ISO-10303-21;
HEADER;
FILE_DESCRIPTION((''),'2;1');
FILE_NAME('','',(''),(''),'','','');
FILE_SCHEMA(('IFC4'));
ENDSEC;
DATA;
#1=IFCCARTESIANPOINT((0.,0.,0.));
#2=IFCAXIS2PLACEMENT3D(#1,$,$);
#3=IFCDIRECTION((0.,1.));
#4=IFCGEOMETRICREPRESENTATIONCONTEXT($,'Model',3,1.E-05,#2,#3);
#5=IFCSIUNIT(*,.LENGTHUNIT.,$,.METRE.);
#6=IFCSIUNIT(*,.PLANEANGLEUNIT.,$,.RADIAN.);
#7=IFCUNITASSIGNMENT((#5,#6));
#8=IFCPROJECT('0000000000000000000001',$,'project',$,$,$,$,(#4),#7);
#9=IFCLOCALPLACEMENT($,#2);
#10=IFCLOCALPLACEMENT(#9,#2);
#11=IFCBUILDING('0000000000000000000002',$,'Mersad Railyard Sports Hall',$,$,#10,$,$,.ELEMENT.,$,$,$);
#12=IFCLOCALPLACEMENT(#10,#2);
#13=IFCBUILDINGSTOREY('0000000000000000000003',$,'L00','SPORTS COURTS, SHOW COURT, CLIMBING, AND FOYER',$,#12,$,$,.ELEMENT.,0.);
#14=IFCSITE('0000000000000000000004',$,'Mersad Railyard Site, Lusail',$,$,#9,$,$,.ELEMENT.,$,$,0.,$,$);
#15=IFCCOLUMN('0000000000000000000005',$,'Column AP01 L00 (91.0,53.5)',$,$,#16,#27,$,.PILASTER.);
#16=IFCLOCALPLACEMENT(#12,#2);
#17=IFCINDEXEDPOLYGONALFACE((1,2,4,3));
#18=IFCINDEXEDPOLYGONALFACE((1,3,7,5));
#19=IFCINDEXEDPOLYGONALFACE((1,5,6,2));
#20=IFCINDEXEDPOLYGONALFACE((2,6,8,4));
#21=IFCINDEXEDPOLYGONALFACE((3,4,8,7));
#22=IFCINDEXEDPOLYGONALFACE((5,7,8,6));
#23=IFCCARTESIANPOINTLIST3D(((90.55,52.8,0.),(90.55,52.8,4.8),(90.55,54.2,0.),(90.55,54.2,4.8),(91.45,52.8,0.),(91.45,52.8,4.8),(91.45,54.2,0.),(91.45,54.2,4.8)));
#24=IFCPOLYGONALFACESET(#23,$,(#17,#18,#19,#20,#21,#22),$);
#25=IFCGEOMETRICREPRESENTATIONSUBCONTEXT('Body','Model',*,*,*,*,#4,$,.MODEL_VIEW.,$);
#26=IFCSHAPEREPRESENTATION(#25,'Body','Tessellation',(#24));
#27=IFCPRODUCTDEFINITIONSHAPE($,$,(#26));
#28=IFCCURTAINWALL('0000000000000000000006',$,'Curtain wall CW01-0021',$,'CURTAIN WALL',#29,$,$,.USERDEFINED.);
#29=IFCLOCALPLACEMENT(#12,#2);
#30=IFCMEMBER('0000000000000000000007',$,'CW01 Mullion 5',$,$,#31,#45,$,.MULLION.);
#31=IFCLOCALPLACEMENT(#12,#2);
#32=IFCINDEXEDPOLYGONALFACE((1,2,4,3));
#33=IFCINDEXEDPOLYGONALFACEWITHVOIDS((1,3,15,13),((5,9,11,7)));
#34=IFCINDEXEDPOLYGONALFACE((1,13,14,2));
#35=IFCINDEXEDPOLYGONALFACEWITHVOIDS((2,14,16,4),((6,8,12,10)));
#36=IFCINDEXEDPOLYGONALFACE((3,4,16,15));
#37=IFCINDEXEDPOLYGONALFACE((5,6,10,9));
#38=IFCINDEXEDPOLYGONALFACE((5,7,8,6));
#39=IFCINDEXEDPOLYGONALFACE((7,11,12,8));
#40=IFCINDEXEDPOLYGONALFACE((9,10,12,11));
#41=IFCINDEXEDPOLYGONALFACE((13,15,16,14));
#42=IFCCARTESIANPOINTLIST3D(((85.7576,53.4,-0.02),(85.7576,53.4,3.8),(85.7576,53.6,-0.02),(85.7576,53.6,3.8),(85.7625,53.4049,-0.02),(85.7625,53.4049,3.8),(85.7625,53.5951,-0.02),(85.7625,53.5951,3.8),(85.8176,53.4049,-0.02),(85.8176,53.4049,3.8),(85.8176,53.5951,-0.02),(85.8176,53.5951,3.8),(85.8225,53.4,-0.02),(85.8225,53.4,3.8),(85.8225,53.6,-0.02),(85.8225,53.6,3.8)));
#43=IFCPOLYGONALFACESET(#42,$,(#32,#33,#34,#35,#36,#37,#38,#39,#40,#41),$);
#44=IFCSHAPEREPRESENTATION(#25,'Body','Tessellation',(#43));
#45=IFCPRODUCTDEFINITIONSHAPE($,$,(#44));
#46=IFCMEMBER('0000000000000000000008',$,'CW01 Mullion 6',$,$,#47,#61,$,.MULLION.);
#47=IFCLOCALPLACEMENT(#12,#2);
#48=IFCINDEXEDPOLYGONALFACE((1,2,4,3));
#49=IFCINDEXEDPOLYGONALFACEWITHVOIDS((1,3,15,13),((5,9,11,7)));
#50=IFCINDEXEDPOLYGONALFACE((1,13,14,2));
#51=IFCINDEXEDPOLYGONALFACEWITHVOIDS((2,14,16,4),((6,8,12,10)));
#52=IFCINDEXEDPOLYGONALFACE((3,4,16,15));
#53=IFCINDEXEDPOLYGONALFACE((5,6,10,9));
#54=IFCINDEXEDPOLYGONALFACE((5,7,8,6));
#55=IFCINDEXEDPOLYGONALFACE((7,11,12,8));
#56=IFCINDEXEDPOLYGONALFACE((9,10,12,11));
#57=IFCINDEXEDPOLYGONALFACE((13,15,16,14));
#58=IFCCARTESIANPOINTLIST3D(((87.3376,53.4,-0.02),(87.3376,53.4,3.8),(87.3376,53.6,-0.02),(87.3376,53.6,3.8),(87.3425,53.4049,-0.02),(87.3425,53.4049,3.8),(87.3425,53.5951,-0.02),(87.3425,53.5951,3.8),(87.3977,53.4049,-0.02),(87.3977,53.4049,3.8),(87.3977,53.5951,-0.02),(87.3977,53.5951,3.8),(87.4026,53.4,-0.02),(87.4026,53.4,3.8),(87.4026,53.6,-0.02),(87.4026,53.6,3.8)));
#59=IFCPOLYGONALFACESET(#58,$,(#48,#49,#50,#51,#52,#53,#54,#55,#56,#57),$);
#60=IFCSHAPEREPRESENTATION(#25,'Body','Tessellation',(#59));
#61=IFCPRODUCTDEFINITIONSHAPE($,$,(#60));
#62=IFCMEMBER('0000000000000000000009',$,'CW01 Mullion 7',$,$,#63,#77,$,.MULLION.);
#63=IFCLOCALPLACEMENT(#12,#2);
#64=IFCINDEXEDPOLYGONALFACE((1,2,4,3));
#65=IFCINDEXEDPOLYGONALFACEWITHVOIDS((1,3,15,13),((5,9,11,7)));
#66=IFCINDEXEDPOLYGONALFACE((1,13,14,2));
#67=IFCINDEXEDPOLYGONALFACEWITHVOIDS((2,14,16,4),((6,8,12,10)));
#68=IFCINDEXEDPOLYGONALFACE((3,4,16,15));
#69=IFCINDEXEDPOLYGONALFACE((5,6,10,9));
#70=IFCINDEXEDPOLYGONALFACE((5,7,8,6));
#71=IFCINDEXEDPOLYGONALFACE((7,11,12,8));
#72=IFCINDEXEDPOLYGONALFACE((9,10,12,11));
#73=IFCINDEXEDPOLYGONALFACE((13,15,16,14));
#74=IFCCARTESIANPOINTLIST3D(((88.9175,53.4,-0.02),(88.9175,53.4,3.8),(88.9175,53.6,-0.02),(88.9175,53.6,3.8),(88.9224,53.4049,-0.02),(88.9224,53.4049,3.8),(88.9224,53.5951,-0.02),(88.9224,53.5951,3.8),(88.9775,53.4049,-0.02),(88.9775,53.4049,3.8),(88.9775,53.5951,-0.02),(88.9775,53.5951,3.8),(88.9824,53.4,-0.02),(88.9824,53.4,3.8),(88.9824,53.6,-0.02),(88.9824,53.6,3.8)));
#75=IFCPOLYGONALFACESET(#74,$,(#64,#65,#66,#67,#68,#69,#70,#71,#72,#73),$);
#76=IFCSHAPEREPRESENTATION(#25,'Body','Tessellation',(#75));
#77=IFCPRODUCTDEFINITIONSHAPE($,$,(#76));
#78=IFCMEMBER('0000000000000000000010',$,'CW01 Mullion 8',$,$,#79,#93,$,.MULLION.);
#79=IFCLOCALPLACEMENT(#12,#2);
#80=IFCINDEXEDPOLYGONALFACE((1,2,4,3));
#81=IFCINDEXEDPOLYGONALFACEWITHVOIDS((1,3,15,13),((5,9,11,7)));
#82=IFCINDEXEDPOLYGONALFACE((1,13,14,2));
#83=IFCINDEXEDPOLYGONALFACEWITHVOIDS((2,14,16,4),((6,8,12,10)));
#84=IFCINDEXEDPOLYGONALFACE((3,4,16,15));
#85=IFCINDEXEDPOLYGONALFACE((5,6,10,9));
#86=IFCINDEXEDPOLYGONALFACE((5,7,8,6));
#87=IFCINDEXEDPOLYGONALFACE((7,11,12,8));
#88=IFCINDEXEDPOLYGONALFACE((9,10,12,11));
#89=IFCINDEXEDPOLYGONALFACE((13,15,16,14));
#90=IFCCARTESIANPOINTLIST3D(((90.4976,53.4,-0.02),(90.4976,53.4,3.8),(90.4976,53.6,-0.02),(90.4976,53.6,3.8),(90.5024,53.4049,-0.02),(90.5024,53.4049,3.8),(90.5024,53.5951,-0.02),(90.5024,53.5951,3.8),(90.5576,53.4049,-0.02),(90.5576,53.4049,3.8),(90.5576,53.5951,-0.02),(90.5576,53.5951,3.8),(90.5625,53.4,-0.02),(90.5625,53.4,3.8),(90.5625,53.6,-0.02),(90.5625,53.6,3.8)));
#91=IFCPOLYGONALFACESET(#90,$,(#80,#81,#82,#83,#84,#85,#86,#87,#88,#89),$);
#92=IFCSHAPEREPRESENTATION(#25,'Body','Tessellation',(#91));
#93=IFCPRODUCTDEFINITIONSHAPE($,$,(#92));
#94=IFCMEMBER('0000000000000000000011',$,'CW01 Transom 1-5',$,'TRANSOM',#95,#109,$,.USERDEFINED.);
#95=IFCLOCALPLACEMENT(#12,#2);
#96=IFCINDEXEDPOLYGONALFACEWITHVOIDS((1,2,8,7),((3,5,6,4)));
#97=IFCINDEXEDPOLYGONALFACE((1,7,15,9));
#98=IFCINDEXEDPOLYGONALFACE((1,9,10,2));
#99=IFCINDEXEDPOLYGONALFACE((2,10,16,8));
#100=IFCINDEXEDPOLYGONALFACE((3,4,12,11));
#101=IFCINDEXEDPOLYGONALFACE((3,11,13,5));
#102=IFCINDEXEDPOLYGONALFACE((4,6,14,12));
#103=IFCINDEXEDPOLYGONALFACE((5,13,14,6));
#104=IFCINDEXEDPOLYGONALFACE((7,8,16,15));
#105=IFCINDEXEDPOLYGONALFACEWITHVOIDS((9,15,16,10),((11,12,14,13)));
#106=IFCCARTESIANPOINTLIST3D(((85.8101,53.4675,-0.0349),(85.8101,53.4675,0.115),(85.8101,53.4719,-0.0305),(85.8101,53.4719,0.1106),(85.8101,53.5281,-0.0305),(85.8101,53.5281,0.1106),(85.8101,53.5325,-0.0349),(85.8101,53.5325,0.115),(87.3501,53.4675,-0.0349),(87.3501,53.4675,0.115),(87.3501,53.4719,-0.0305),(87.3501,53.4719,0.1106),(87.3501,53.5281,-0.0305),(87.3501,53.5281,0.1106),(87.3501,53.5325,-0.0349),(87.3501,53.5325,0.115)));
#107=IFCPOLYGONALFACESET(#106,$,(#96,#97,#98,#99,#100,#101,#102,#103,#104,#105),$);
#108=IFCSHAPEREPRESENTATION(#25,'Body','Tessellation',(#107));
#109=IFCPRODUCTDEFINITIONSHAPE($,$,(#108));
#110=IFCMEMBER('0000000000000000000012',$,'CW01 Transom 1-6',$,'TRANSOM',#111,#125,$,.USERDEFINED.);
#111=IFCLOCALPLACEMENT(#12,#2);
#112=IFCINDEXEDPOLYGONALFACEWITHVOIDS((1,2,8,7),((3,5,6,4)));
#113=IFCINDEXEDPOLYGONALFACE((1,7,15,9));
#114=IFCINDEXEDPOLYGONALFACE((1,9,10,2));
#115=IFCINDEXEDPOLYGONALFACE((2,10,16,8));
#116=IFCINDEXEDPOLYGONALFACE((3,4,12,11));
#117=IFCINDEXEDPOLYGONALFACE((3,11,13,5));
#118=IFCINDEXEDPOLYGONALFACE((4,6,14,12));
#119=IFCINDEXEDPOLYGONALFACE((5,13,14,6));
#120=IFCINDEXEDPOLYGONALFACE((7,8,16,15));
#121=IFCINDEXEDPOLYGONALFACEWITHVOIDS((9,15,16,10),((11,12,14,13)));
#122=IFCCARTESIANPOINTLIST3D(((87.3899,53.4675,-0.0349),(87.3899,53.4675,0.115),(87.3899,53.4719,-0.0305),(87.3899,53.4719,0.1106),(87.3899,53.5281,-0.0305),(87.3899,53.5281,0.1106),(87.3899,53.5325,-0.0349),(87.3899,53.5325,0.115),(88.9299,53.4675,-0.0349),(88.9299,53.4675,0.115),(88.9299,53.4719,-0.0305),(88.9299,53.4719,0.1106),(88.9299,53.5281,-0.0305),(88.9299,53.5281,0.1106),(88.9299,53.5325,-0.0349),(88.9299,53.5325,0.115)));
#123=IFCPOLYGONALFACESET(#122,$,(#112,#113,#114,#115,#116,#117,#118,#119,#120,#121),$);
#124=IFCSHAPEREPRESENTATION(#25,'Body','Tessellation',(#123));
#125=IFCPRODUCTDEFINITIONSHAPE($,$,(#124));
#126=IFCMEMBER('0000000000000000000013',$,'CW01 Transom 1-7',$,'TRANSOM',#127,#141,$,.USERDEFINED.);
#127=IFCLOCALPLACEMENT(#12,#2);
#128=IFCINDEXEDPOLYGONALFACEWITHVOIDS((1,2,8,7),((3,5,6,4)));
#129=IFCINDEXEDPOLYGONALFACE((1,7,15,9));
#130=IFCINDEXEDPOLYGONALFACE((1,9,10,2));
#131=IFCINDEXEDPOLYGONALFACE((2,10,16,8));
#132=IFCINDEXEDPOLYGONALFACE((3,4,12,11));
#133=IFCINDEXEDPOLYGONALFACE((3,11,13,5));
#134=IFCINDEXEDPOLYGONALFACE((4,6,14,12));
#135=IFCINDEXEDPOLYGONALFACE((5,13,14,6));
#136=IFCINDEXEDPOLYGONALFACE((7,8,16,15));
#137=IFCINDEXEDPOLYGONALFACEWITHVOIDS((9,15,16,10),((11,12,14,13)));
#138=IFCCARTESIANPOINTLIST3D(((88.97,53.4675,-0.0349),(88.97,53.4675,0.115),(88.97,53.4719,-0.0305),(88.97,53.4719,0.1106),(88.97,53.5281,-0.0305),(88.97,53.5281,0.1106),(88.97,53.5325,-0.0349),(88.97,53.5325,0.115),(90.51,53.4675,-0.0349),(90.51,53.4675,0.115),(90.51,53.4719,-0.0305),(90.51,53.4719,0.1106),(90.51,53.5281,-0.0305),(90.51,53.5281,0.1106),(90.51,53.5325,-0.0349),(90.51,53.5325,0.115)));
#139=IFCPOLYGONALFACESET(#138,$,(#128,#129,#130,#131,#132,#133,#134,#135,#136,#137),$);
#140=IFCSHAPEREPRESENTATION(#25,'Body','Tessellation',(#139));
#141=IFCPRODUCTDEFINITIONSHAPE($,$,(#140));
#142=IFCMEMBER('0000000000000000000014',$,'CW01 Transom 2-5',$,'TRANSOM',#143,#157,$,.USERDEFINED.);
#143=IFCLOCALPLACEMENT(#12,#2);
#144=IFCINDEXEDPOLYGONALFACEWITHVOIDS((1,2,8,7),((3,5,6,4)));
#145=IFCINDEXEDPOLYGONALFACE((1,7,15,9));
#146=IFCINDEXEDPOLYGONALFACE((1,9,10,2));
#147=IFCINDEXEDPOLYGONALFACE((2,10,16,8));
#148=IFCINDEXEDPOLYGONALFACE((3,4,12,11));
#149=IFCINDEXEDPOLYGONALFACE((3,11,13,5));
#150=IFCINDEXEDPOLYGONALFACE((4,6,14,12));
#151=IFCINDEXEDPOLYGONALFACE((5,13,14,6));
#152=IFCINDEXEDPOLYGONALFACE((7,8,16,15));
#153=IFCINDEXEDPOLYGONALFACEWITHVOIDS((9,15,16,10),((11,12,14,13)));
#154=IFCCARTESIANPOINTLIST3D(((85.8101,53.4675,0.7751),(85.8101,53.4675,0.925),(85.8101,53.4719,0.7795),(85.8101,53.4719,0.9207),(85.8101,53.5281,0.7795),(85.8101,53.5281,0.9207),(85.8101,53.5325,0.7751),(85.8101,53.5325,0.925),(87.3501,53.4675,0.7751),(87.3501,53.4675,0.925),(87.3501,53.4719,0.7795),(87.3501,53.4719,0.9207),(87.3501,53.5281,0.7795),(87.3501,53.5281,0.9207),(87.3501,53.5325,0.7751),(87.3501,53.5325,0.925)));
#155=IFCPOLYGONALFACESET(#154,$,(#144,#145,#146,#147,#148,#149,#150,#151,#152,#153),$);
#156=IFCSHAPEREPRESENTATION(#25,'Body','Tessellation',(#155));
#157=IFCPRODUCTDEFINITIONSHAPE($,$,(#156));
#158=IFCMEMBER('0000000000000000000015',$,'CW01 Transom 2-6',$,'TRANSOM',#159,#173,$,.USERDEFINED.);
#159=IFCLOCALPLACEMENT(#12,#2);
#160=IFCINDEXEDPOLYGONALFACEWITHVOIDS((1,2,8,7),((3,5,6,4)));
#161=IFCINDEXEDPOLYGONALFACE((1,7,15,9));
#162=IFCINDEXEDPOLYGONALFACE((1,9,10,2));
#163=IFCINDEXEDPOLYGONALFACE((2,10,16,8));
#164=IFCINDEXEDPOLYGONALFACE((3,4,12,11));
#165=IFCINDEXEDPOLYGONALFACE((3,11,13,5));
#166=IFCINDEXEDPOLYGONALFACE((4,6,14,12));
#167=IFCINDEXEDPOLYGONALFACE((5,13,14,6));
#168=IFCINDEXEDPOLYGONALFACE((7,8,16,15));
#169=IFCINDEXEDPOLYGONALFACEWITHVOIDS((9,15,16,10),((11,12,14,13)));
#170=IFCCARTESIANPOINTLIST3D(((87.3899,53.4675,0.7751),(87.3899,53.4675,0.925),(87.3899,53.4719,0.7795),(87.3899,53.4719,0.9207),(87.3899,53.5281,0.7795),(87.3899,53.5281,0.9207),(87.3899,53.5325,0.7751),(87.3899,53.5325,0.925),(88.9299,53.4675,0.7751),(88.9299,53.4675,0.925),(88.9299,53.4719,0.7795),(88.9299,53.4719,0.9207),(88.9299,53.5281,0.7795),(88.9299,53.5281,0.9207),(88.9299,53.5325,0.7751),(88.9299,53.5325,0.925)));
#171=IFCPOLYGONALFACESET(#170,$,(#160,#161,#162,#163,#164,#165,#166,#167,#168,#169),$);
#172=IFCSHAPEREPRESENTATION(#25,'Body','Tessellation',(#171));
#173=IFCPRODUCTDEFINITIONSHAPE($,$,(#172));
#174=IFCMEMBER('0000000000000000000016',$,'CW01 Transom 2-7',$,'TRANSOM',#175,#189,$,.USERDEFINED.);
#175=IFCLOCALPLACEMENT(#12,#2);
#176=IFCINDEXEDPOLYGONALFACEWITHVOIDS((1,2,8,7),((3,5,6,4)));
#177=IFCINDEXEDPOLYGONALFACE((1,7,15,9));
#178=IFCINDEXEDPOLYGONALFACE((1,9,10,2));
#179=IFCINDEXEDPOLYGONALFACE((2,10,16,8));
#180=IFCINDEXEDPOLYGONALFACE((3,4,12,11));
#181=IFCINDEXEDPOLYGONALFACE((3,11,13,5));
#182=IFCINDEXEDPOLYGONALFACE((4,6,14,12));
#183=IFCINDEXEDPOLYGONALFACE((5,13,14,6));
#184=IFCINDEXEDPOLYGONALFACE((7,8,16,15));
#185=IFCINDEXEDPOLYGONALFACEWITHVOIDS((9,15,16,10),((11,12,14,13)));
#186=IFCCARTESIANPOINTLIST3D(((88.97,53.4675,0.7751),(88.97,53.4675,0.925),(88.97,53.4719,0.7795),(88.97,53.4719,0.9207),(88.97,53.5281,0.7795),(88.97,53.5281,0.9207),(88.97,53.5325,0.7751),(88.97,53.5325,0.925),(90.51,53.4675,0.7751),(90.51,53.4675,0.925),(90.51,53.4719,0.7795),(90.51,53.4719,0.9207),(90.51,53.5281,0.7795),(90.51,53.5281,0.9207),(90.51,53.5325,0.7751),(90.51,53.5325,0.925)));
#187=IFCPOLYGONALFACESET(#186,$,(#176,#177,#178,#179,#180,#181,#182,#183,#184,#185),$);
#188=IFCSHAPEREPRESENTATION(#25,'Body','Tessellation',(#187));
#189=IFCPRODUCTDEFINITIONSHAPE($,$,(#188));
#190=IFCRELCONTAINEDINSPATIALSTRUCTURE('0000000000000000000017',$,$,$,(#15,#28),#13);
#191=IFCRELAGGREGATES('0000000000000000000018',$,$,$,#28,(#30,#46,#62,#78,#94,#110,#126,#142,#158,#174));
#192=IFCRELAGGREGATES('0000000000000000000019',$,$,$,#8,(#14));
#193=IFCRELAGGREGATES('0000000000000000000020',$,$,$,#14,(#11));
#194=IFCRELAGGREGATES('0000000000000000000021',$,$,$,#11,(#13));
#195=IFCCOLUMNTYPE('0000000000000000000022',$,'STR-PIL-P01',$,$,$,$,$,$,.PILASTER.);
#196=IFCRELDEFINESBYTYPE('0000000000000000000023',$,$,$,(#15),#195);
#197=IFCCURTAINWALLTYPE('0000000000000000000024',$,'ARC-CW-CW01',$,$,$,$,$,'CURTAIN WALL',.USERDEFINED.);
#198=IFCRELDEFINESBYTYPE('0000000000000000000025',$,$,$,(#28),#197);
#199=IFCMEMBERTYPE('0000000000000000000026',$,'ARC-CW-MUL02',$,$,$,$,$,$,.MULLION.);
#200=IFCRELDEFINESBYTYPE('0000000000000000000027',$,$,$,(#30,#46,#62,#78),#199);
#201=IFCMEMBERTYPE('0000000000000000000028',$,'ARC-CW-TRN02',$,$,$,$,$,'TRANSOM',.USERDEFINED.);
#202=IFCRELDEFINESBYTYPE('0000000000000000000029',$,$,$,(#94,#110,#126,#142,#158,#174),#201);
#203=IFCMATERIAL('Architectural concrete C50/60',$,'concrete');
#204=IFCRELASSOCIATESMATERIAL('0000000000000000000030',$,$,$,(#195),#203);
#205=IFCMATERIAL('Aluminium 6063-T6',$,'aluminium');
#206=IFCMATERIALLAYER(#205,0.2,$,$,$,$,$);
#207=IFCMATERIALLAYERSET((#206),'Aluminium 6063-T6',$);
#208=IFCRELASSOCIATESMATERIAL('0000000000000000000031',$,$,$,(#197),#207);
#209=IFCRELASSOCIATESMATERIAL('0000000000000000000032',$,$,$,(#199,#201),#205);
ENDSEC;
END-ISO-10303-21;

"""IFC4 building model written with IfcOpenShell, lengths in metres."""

from ifc_helpers import new_model, si_unit, direction, frame, origin, origin_2d, place, context, subcontext, project, spatial, rectangle, hollow_rectangle, extrude, material, layer, layer_set, material_profile, profile_set, type_object, element, aggregate, save


model = new_model("IFC4")

# Units and contexts
model_context = context("Model", 3, precision=1e-05, world=origin(), true_north=direction((0.0, 1.0)))
body_context = subcontext(model_context, "Body", "Model", "MODEL_VIEW")
ifc_project = project(units=[si_unit("LENGTHUNIT", "METRE"), si_unit("PLANEANGLEUNIT", "RADIAN")], contexts=[model_context])

# Site, building, storey
site_placement = place(None, origin())
site = spatial("IfcSite", under=ifc_project, at=site_placement, Name="Mersad Railyard Site, Lusail", CompositionType="ELEMENT", RefElevation=0.0)
building_placement = place(site_placement, origin())
building = spatial("IfcBuilding", under=site, at=building_placement, Name="Mersad Railyard Sports Hall", CompositionType="ELEMENT")
storey_placement = place(building_placement, origin())
storey = spatial("IfcBuildingStorey", under=building, at=storey_placement, Name="L00", Description="SPORTS COURTS, SHOW COURT, CLIMBING, AND FOYER", CompositionType="ELEMENT", Elevation=0.0)

# Column
ifc_material_1 = material(Name="Architectural concrete C50/60", Category="concrete")
ifc_material_profile_1 = material_profile(ifc_material_1, rectangle(XDim=0.8999, YDim=1.3999, at=origin_2d()), Name="RC 900x1400")
ifc_profile_set_1 = profile_set([ifc_material_profile_1], Name="Architectural concrete C50/60")
column_type = type_object("IfcColumnType", Name="STR-PIL-P01", PredefinedType="PILASTER", material=ifc_profile_set_1)
column_placement = place(storey_placement, frame((91.0, 53.5, 0.0), z_axis=(0.0, 0.0, 1.0), x_axis=(1.0, 0.0, 0.0)))
element("IfcColumn", 1, at=column_placement, inside=storey, type_object=column_type, Name="Column AP01 L00 (91.0,53.5)", PredefinedType="PILASTER", context=body_context, shape_type="SweptSolid", body=[
    extrude(rectangle(XDim=0.8999, YDim=1.3999, at=origin_2d()), origin(), (0.0, 0.0, 1.0), 4.8),
])

# Curtain wall, members
ifc_material_2 = material(Name="Aluminium 6063-T6", Category="aluminium")
ifc_layer_1 = layer(ifc_material_2, 0.2)
ifc_layer_set_1 = layer_set([ifc_layer_1], Name="Aluminium 6063-T6")
curtain_wall_type = type_object("IfcCurtainWallType", Name="ARC-CW-CW01", ElementType="CURTAIN WALL", PredefinedType="USERDEFINED", material=ifc_layer_set_1)
curtain_wall_placement = place(storey_placement, origin())
curtain_wall = element("IfcCurtainWall", 2, at=curtain_wall_placement, inside=storey, type_object=curtain_wall_type, Name="Curtain wall CW01-0021", ObjectType="CURTAIN WALL", PredefinedType="USERDEFINED")
ifc_material_profile_2 = material_profile(ifc_material_2, hollow_rectangle(XDim=0.0649, YDim=0.2, WallThickness=0.0049, at=origin_2d()), Name="AL MULLION 65x200x5")
ifc_profile_set_2 = profile_set([ifc_material_profile_2], Name="Aluminium 6063-T6")
member_type_1 = type_object("IfcMemberType", Name="ARC-CW-MUL02", PredefinedType="MULLION", material=ifc_profile_set_2)
member_1_placement = place(storey_placement, frame((85.79, 53.5, -0.02), z_axis=(0.0, 0.0, 1.0), x_axis=(1.0, 0.0, 0.0)))
member_1 = element("IfcMember", 3, at=member_1_placement, type_object=member_type_1, Name="CW01 Mullion 5", PredefinedType="MULLION", context=body_context, shape_type="SweptSolid", body=[
    extrude(hollow_rectangle(XDim=0.0649, YDim=0.2, WallThickness=0.0049, at=origin_2d()), origin(), (0.0, 0.0, 1.0), 3.8201),
])
member_2_placement = place(storey_placement, frame((87.3701, 53.5, -0.02), z_axis=(0.0, 0.0, 1.0), x_axis=(1.0, 0.0, 0.0)))
member_2 = element("IfcMember", 4, at=member_2_placement, type_object=member_type_1, Name="CW01 Mullion 6", PredefinedType="MULLION", context=body_context, shape_type="SweptSolid", body=[
    extrude(hollow_rectangle(XDim=0.0649, YDim=0.2, WallThickness=0.0049, at=origin_2d()), origin(), (0.0, 0.0, 1.0), 3.8201),
])
member_3_placement = place(storey_placement, frame((88.95, 53.5, -0.02), z_axis=(0.0, 0.0, 1.0), x_axis=(1.0, 0.0, 0.0)))
member_3 = element("IfcMember", 5, at=member_3_placement, type_object=member_type_1, Name="CW01 Mullion 7", PredefinedType="MULLION", context=body_context, shape_type="SweptSolid", body=[
    extrude(hollow_rectangle(XDim=0.0649, YDim=0.2, WallThickness=0.0049, at=origin_2d()), origin(), (0.0, 0.0, 1.0), 3.8201),
])
member_4_placement = place(storey_placement, frame((90.53, 53.5, -0.02), z_axis=(0.0, 0.0, 1.0), x_axis=(1.0, 0.0, 0.0)))
member_4 = element("IfcMember", 6, at=member_4_placement, type_object=member_type_1, Name="CW01 Mullion 8", PredefinedType="MULLION", context=body_context, shape_type="SweptSolid", body=[
    extrude(hollow_rectangle(XDim=0.0649, YDim=0.2, WallThickness=0.0049, at=origin_2d()), origin(), (0.0, 0.0, 1.0), 3.8201),
])
ifc_material_profile_3 = material_profile(ifc_material_2, hollow_rectangle(XDim=0.0649, YDim=0.1499, WallThickness=0.0044, at=origin_2d()), Name="AL TRANSOM 65x150x4.5")
ifc_profile_set_3 = profile_set([ifc_material_profile_3], Name="Aluminium 6063-T6")
member_type_2 = type_object("IfcMemberType", Name="ARC-CW-TRN02", ElementType="TRANSOM", PredefinedType="USERDEFINED", material=ifc_profile_set_3)
member_5_placement = place(storey_placement, frame((85.8101, 53.5, 0.04), z_axis=(1.0, 0.0, 0.0), x_axis=(0.0, 1.0, 0.0)))
member_5 = element("IfcMember", 7, at=member_5_placement, type_object=member_type_2, Name="CW01 Transom 1-5", ObjectType="TRANSOM", PredefinedType="USERDEFINED", context=body_context, shape_type="SweptSolid", body=[
    extrude(hollow_rectangle(XDim=0.0649, YDim=0.1499, WallThickness=0.0044, at=origin_2d()), origin(), (0.0, 0.0, 1.0), 1.54),
])
member_6_placement = place(storey_placement, frame((87.3899, 53.5, 0.04), z_axis=(1.0, 0.0, 0.0), x_axis=(0.0, 1.0, 0.0)))
member_6 = element("IfcMember", 8, at=member_6_placement, type_object=member_type_2, Name="CW01 Transom 1-6", ObjectType="TRANSOM", PredefinedType="USERDEFINED", context=body_context, shape_type="SweptSolid", body=[
    extrude(hollow_rectangle(XDim=0.0649, YDim=0.1499, WallThickness=0.0044, at=origin_2d()), origin(), (0.0, 0.0, 1.0), 1.54),
])
member_7_placement = place(storey_placement, frame((88.97, 53.5, 0.04), z_axis=(1.0, 0.0, 0.0), x_axis=(0.0, 1.0, 0.0)))
member_7 = element("IfcMember", 9, at=member_7_placement, type_object=member_type_2, Name="CW01 Transom 1-7", ObjectType="TRANSOM", PredefinedType="USERDEFINED", context=body_context, shape_type="SweptSolid", body=[
    extrude(hollow_rectangle(XDim=0.0649, YDim=0.1499, WallThickness=0.0044, at=origin_2d()), origin(), (0.0, 0.0, 1.0), 1.54),
])
member_8_placement = place(storey_placement, frame((85.8101, 53.5, 0.8501), z_axis=(1.0, 0.0, 0.0), x_axis=(0.0, 1.0, 0.0)))
member_8 = element("IfcMember", 10, at=member_8_placement, type_object=member_type_2, Name="CW01 Transom 2-5", ObjectType="TRANSOM", PredefinedType="USERDEFINED", context=body_context, shape_type="SweptSolid", body=[
    extrude(hollow_rectangle(XDim=0.0649, YDim=0.1499, WallThickness=0.0044, at=origin_2d()), origin(), (0.0, 0.0, 1.0), 1.54),
])
member_9_placement = place(storey_placement, frame((87.3899, 53.5, 0.8501), z_axis=(1.0, 0.0, 0.0), x_axis=(0.0, 1.0, 0.0)))
member_9 = element("IfcMember", 11, at=member_9_placement, type_object=member_type_2, Name="CW01 Transom 2-6", ObjectType="TRANSOM", PredefinedType="USERDEFINED", context=body_context, shape_type="SweptSolid", body=[
    extrude(hollow_rectangle(XDim=0.0649, YDim=0.1499, WallThickness=0.0044, at=origin_2d()), origin(), (0.0, 0.0, 1.0), 1.54),
])
member_10_placement = place(storey_placement, frame((88.97, 53.5, 0.8501), z_axis=(1.0, 0.0, 0.0), x_axis=(0.0, 1.0, 0.0)))
member_10 = element("IfcMember", 12, at=member_10_placement, type_object=member_type_2, Name="CW01 Transom 2-7", ObjectType="TRANSOM", PredefinedType="USERDEFINED", context=body_context, shape_type="SweptSolid", body=[
    extrude(hollow_rectangle(XDim=0.0649, YDim=0.1499, WallThickness=0.0044, at=origin_2d()), origin(), (0.0, 0.0, 1.0), 1.54),
])
aggregate(curtain_wall, [member_1, member_2, member_3, member_4, member_5, member_6, member_7, member_8, member_9, member_10])

save(model, "model.ifc")
